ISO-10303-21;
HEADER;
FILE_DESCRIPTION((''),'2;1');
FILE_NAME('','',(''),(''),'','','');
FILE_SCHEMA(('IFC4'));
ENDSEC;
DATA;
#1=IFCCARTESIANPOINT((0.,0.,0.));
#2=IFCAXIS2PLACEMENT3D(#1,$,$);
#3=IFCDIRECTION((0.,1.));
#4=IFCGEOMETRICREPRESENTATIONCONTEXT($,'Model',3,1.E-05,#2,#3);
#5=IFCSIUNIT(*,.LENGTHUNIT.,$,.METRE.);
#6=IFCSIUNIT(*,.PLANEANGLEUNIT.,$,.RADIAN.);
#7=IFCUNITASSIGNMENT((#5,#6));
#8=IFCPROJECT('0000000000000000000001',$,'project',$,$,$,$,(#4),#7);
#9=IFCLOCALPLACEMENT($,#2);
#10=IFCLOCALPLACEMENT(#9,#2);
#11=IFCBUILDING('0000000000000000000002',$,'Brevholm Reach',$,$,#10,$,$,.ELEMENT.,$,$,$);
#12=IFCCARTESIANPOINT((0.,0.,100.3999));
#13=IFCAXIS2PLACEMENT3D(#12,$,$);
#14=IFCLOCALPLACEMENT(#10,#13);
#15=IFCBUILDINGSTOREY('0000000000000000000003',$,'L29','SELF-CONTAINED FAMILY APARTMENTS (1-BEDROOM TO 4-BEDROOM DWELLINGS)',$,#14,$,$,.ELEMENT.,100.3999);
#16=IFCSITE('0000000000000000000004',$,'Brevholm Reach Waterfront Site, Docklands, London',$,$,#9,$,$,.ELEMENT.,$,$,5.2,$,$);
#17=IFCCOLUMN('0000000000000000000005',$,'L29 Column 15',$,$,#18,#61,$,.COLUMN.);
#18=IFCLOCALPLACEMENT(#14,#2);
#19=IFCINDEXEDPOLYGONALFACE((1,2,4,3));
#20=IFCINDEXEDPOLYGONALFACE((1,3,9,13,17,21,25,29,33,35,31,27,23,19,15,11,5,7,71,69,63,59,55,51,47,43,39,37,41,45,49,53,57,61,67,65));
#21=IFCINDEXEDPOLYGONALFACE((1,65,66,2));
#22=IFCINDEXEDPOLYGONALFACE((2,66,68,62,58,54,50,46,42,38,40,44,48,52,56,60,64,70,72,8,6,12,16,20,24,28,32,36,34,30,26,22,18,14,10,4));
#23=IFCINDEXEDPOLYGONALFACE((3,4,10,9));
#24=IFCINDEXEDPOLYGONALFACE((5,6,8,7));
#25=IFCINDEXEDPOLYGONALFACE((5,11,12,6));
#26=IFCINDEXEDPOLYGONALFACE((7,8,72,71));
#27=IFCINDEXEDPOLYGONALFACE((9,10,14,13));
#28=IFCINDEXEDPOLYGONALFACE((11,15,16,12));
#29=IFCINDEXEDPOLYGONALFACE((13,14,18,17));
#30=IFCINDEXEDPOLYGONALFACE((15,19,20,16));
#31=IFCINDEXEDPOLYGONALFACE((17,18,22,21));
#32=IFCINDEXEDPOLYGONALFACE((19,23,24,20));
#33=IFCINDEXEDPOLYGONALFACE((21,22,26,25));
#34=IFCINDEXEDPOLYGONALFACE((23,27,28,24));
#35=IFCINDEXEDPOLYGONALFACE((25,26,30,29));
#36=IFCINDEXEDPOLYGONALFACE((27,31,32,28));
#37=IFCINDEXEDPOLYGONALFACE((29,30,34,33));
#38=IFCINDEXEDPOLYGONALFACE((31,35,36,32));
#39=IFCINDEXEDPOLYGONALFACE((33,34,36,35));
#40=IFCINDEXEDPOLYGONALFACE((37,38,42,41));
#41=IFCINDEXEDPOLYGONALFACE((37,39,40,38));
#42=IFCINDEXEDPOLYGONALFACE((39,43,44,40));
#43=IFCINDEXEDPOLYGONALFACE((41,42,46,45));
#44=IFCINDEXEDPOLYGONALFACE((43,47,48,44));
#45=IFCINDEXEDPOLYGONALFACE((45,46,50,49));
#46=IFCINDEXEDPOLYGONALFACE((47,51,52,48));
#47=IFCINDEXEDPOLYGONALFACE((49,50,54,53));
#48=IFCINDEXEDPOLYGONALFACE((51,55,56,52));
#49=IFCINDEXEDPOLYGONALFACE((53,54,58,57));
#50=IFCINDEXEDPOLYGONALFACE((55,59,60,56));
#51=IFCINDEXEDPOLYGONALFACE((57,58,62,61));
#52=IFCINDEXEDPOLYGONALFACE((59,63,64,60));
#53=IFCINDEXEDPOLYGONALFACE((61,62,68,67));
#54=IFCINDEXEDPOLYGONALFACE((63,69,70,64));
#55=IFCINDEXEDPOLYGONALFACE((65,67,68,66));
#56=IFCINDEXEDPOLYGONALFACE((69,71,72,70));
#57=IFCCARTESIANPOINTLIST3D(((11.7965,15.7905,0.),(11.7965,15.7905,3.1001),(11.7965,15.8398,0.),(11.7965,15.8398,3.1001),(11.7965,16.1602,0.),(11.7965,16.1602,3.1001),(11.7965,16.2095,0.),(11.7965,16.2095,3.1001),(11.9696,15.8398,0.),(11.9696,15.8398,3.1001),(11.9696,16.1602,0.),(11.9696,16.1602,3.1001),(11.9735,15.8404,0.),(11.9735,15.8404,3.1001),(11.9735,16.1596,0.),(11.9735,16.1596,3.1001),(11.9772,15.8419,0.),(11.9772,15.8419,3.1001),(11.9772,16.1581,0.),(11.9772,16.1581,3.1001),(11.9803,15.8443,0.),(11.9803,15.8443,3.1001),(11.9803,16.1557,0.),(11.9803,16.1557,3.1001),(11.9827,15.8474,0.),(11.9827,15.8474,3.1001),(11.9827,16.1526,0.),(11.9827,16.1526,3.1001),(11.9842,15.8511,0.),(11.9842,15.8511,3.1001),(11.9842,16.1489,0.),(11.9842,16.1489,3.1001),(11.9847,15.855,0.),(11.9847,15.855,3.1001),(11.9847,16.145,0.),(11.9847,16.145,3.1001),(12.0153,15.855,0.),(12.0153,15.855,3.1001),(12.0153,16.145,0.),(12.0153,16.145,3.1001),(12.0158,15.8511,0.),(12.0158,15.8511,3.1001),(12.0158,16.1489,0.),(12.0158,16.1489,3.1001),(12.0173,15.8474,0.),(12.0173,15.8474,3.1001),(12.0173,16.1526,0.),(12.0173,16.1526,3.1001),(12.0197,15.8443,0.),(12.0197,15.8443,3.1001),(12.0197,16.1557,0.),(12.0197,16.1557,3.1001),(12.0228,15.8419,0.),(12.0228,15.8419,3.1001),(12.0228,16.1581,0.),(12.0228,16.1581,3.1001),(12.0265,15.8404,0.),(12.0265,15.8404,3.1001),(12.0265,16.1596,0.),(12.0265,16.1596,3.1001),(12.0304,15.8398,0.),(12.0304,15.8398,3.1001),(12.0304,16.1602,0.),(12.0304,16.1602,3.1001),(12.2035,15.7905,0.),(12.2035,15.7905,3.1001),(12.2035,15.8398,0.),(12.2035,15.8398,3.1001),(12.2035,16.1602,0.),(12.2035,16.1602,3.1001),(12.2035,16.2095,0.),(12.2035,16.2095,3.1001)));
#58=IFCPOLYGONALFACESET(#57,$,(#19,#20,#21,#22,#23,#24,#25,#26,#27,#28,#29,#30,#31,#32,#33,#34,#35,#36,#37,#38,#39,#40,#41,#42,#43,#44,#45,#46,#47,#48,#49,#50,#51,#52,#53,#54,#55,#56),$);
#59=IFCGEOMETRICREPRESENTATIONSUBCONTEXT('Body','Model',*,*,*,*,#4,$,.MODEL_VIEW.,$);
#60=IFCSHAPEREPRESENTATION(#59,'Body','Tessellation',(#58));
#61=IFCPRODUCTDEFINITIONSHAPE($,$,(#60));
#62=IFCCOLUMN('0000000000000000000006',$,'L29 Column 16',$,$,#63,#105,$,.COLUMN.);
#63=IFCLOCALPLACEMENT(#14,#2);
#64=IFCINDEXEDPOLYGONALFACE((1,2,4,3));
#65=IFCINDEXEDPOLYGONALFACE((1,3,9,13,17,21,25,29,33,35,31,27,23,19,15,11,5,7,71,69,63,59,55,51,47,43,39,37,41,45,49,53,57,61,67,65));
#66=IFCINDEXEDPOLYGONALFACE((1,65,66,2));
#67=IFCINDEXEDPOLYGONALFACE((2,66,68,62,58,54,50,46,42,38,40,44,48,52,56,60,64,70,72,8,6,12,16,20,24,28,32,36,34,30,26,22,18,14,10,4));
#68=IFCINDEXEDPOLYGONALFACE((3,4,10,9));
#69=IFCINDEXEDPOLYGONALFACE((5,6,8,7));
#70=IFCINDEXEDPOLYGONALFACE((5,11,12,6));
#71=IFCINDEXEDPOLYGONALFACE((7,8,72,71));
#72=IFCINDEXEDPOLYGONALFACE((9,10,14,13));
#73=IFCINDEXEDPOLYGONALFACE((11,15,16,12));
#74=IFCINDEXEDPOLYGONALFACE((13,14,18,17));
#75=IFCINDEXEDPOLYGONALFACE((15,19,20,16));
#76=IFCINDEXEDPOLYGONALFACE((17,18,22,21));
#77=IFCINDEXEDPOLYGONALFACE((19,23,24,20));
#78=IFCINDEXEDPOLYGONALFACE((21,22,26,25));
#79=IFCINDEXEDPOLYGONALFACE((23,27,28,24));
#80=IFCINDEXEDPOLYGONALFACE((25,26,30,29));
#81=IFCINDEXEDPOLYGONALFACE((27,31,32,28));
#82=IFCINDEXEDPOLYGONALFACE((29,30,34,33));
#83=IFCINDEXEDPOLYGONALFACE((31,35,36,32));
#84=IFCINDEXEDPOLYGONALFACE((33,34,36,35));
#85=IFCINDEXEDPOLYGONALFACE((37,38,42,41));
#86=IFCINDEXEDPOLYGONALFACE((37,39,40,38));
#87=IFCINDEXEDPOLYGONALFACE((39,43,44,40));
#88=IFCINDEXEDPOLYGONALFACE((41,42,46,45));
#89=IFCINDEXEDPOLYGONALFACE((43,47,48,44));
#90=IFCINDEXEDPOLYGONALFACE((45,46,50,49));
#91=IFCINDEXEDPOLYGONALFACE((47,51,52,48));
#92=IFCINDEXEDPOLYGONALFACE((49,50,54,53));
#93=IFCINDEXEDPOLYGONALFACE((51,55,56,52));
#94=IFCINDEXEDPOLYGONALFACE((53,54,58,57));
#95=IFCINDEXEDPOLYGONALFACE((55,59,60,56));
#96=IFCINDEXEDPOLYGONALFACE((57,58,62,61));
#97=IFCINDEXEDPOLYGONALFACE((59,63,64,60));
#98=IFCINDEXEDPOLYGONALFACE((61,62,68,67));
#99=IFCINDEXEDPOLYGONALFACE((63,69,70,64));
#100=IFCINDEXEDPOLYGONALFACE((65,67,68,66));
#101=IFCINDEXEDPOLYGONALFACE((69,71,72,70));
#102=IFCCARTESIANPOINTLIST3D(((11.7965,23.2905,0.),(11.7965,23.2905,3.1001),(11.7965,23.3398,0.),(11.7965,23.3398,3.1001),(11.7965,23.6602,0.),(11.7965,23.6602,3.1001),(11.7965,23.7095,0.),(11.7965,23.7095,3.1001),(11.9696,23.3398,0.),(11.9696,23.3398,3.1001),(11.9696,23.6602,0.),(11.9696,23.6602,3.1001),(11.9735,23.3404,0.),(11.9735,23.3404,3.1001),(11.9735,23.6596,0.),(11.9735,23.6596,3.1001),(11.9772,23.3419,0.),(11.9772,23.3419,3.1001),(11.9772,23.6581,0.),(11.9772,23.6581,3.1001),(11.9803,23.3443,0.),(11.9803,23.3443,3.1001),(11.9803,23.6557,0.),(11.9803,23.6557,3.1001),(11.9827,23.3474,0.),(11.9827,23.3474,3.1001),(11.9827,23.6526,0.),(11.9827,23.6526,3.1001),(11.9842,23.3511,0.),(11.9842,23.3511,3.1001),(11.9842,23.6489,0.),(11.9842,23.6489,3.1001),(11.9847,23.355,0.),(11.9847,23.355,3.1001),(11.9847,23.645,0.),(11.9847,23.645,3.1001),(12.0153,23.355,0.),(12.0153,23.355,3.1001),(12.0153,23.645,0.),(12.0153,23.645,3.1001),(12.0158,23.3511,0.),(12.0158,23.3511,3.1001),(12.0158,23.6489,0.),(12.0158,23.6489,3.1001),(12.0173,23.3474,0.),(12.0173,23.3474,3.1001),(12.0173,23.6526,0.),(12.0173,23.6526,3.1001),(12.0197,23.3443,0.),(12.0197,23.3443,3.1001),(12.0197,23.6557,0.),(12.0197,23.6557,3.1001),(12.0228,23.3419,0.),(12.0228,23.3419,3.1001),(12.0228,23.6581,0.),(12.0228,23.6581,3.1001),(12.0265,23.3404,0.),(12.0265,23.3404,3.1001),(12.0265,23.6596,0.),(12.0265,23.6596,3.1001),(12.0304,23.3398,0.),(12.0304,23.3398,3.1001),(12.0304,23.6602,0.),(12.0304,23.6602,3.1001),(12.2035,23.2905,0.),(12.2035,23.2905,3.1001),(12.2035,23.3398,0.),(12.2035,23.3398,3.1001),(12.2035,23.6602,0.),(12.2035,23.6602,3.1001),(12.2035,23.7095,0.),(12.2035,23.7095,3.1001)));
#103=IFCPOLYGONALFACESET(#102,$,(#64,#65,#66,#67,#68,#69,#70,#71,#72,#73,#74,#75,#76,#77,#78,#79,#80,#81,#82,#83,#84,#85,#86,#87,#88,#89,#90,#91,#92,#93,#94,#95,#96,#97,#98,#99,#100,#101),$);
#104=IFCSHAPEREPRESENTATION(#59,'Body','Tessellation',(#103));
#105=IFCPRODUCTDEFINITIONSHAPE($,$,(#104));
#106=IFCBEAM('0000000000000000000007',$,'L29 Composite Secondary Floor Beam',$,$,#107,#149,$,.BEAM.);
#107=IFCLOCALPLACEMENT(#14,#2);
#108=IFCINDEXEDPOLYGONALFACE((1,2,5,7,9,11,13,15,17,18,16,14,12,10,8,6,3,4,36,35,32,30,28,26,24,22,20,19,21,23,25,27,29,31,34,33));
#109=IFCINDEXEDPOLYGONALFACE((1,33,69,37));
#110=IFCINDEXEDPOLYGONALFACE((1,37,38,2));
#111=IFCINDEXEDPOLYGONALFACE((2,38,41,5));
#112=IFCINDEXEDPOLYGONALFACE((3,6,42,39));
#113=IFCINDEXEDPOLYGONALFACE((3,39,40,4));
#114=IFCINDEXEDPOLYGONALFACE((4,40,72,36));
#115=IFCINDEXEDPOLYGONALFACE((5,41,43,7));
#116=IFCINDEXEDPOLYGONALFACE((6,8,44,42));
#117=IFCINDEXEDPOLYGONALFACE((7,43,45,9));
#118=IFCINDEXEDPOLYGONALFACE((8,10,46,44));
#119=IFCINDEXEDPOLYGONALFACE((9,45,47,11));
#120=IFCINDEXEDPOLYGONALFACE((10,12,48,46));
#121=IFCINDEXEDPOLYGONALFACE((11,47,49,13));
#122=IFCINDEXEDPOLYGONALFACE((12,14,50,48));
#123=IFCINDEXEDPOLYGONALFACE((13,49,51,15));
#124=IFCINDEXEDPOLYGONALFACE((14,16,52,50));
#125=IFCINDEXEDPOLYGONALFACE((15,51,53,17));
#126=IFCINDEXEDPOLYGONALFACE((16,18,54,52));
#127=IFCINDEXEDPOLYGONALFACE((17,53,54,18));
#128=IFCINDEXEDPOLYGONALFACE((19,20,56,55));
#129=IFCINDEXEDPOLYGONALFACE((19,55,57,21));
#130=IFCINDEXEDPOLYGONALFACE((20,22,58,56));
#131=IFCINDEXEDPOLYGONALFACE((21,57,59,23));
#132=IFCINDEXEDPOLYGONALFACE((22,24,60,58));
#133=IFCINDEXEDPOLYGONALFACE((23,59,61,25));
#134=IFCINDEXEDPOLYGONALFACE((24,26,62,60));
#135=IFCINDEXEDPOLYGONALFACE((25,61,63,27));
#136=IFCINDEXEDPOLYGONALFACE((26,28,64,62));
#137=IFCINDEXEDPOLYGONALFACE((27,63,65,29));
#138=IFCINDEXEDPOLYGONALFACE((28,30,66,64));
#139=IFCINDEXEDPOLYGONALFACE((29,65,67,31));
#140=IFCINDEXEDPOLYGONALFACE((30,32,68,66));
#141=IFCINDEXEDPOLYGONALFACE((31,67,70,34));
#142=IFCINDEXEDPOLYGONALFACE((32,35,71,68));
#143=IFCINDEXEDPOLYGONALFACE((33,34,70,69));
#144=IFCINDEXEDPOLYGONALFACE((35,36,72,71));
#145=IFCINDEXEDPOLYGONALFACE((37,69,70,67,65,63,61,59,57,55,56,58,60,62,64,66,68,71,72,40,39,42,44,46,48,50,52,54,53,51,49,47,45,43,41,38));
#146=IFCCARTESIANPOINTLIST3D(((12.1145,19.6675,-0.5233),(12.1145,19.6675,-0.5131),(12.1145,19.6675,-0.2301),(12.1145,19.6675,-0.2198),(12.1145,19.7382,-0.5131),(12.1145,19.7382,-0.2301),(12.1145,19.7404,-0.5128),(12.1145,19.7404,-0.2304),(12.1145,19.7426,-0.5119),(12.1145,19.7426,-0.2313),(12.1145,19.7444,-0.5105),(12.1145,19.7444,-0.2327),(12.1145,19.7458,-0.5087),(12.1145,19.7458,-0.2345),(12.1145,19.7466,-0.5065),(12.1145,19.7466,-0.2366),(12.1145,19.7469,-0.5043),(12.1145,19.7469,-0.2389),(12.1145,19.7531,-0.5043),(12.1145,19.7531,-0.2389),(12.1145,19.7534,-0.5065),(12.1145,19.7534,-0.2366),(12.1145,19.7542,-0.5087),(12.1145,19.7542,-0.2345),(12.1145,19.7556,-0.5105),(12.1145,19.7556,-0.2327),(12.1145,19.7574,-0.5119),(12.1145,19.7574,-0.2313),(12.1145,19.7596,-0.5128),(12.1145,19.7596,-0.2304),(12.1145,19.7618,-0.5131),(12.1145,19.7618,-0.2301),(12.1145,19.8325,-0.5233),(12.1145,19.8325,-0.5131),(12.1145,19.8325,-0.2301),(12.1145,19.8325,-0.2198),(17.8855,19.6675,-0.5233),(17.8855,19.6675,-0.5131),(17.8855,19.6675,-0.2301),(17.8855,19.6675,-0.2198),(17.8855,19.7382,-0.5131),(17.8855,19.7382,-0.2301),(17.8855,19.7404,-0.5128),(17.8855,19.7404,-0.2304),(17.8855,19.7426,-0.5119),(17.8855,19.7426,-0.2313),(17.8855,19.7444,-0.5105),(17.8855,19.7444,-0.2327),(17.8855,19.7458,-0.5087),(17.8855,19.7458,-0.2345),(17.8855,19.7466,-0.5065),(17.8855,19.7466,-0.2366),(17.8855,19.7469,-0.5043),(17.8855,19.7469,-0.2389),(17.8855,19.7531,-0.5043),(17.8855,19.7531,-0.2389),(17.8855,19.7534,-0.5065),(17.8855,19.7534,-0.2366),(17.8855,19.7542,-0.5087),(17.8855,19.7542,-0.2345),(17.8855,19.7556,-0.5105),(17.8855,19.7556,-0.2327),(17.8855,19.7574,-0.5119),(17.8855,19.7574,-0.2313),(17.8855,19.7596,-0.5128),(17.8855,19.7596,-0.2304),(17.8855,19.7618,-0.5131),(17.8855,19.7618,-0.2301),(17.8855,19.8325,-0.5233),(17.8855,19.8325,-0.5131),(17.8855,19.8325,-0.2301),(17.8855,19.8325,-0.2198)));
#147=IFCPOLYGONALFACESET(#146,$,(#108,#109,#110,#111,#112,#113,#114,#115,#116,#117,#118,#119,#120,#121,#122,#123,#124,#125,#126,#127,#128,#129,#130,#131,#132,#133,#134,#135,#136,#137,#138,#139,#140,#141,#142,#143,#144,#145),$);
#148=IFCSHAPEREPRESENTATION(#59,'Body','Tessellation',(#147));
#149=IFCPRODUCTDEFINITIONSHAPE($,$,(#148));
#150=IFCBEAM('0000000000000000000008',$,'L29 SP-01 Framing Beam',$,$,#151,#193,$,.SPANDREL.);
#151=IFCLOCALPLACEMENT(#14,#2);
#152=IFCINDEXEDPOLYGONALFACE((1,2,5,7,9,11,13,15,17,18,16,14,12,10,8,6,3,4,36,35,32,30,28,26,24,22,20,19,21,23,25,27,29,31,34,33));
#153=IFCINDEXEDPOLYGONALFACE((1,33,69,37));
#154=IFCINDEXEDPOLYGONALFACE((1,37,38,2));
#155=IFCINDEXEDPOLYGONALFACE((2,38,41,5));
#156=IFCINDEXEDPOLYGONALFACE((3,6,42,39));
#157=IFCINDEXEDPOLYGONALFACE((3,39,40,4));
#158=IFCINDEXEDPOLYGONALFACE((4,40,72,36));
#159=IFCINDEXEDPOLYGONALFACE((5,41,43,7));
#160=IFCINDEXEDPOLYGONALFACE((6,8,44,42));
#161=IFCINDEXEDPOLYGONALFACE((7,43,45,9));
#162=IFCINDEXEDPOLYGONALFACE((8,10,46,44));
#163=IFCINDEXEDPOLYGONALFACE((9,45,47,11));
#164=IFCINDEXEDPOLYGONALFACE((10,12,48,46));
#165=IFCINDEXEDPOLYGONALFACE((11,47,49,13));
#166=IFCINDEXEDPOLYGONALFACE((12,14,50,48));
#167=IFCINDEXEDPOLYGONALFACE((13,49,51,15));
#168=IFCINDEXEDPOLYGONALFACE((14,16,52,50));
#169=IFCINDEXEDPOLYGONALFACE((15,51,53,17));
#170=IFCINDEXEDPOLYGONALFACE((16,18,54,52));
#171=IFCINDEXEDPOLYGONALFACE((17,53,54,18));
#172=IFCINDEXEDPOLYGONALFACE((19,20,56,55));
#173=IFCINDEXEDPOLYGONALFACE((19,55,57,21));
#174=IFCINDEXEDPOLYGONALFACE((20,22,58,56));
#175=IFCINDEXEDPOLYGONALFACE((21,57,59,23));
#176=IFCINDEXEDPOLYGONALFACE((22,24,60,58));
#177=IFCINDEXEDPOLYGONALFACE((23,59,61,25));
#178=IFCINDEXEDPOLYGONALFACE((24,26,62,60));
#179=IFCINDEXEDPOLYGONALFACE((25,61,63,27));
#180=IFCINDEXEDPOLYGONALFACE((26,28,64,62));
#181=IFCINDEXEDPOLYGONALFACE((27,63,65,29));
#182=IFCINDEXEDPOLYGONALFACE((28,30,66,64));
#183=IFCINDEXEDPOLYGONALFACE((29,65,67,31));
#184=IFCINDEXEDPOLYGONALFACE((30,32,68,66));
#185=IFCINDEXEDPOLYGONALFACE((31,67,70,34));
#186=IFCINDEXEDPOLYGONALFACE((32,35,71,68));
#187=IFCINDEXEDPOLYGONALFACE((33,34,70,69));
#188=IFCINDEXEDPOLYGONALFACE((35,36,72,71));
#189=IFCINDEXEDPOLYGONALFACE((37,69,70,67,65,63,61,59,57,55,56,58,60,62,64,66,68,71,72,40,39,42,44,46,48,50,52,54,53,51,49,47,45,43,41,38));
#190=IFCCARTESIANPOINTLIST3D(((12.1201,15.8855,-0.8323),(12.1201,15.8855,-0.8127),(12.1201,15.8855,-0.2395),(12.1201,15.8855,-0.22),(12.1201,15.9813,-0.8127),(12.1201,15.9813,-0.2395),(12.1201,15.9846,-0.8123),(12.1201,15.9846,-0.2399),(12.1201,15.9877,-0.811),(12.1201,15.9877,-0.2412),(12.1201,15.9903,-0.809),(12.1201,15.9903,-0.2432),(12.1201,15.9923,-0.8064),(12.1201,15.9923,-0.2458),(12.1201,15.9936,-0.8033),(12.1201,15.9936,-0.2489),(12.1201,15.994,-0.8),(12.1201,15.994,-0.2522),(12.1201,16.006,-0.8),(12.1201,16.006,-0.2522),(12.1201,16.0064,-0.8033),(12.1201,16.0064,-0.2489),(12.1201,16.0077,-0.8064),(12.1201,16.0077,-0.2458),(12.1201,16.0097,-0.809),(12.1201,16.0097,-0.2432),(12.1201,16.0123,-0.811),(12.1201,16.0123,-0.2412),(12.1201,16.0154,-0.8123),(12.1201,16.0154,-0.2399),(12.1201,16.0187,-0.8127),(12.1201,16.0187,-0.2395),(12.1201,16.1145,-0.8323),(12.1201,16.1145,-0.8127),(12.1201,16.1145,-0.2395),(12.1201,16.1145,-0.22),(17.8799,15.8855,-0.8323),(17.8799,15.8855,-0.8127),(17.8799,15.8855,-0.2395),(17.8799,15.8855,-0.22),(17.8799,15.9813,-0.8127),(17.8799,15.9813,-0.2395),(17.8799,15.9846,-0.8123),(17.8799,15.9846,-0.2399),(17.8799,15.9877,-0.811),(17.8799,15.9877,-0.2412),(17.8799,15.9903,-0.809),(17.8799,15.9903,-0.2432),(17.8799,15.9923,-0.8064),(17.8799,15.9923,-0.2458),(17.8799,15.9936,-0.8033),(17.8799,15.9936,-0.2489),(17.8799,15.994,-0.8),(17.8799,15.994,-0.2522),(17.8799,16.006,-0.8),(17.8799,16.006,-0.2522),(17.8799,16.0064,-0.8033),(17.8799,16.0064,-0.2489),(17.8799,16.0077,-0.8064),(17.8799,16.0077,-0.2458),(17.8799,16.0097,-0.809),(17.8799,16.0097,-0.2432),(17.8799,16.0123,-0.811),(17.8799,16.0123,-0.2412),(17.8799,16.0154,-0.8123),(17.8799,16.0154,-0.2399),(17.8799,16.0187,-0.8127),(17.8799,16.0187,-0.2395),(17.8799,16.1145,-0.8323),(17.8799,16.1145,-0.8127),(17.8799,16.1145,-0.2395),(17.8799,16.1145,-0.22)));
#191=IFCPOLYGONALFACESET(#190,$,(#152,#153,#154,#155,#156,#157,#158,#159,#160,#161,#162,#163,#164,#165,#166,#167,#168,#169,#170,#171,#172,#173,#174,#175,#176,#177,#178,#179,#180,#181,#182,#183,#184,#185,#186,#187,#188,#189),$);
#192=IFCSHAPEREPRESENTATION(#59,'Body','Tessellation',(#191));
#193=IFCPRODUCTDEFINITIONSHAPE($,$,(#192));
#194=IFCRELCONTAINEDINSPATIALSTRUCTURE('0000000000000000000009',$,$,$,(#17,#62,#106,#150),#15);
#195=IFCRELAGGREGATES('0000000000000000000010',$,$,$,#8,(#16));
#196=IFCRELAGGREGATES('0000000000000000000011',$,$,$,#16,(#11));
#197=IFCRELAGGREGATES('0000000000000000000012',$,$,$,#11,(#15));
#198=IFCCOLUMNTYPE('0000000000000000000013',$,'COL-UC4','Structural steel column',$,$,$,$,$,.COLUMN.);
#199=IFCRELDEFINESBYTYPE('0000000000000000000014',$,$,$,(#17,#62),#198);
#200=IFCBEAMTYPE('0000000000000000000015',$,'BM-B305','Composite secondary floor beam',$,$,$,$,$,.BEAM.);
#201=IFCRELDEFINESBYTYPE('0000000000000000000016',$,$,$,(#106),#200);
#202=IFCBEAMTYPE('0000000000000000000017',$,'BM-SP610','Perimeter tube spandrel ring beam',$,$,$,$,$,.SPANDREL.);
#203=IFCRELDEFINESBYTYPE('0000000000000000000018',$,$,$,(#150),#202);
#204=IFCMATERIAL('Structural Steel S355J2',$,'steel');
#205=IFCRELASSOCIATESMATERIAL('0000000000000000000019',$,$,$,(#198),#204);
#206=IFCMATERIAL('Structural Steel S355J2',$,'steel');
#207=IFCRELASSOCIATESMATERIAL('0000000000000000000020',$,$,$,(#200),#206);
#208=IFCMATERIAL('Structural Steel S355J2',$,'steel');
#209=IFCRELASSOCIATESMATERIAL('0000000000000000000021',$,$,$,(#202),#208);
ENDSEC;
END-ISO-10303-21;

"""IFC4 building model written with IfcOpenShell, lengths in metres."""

from ifc_helpers import new_model, si_unit, direction, frame, origin, origin_2d, place, context, subcontext, project, spatial, i_section, extrude, material, material_profile, profile_set, type_object, element, save


model = new_model("IFC4")

# Units and contexts
model_context = context("Model", 3, precision=1e-05, world=origin(), true_north=direction((0.0, 1.0)))
body_context = subcontext(model_context, "Body", "Model", "MODEL_VIEW")
ifc_project = project(units=[si_unit("LENGTHUNIT", "METRE"), si_unit("PLANEANGLEUNIT", "RADIAN")], contexts=[model_context])

# Site, building, storey
site_placement = place(None, origin())
site = spatial("IfcSite", under=ifc_project, at=site_placement, Name="Brevholm Reach Waterfront Site, Docklands, London", CompositionType="ELEMENT", RefElevation=5.2)
building_placement = place(site_placement, origin())
building = spatial("IfcBuilding", under=site, at=building_placement, Name="Brevholm Reach", CompositionType="ELEMENT")
storey_placement = place(building_placement, frame((0.0, 0.0, 100.3999)))
storey = spatial("IfcBuildingStorey", under=building, at=storey_placement, Name="L29", Description="SELF-CONTAINED FAMILY APARTMENTS (1-BEDROOM TO 4-BEDROOM DWELLINGS)", CompositionType="ELEMENT", Elevation=100.3999)

# Columns
ifc_material_1 = material(Name="Structural Steel S355J2", Category="steel")
ifc_material_profile_1 = material_profile(ifc_material_1, i_section(OverallWidth=0.407, OverallDepth=0.4189, WebThickness=0.0305, FlangeThickness=0.0493, FilletRadius=0.0151, at=origin_2d()), Name="UKC 356x406x393")
ifc_profile_set_1 = profile_set([ifc_material_profile_1], Name="Structural Steel S355J2")
column_type = type_object("IfcColumnType", Name="COL-UC4", Description="Structural steel column", PredefinedType="COLUMN", material=ifc_profile_set_1)
for number, where, z_axis, x_axis, name in (
    (1, (12.0, 16.0, 0.0), (0.0, 0.0, 1.0), (1.0, 0.0, 0.0), "L29 Column 15"),
    (2, (12.0, 23.5, 0.0), (0.0, 0.0, 1.0), (1.0, 0.0, 0.0), "L29 Column 16"),
):
    element("IfcColumn", number, at=place(storey_placement, frame(where, z_axis=z_axis, x_axis=x_axis)), inside=storey, type_object=column_type, Name=name, PredefinedType="COLUMN", context=body_context, shape_type="SweptSolid", body=[
        extrude(i_section(OverallWidth=0.407, OverallDepth=0.4189, WebThickness=0.0305, FlangeThickness=0.0493, FilletRadius=0.0151, at=origin_2d()), origin(), (0.0, 0.0, 1.0), 3.1001),
    ])

# Beams
ifc_material_2 = material(Name="Structural Steel S355J2", Category="steel")
ifc_material_profile_2 = material_profile(ifc_material_2, i_section(OverallWidth=0.165, OverallDepth=0.3035, WebThickness=0.0061, FlangeThickness=0.0103, FilletRadius=0.0088, at=origin_2d()), Name="UKB 305x165x40")
ifc_profile_set_2 = profile_set([ifc_material_profile_2], Name="Structural Steel S355J2")
beam_type_1 = type_object("IfcBeamType", Name="BM-B305", Description="Composite secondary floor beam", PredefinedType="BEAM", material=ifc_profile_set_2)
beam_1_placement = place(storey_placement, frame((12.1145, 19.75, -0.3716), z_axis=(1.0, 0.0, 0.0), x_axis=(0.0, 1.0, 0.0)))
element("IfcBeam", 3, at=beam_1_placement, inside=storey, type_object=beam_type_1, Name="L29 Composite Secondary Floor Beam", PredefinedType="BEAM", context=body_context, shape_type="SweptSolid", body=[
    extrude(i_section(OverallWidth=0.165, OverallDepth=0.3035, WebThickness=0.0061, FlangeThickness=0.0103, FilletRadius=0.0088, at=origin_2d()), origin(), (0.0, 0.0, 1.0), 5.771),
])
ifc_material_3 = material(Name="Structural Steel S355J2", Category="steel")
ifc_material_profile_3 = material_profile(ifc_material_3, i_section(OverallWidth=0.229, OverallDepth=0.6123, WebThickness=0.012, FlangeThickness=0.0195, FilletRadius=0.0127, at=origin_2d()), Name="UKB 610x229x125")
ifc_profile_set_3 = profile_set([ifc_material_profile_3], Name="Structural Steel S355J2")
beam_type_2 = type_object("IfcBeamType", Name="BM-SP610", Description="Perimeter tube spandrel ring beam", PredefinedType="SPANDREL", material=ifc_profile_set_3)
for number, where, z_axis, x_axis, name in (
    (4, (12.1201, 16.0, -0.5261), (1.0, 0.0, 0.0), (0.0, 1.0, 0.0), "L29 SP-01 Framing Beam"),
):
    element("IfcBeam", number, at=place(storey_placement, frame(where, z_axis=z_axis, x_axis=x_axis)), inside=storey, type_object=beam_type_2, Name=name, PredefinedType="SPANDREL", context=body_context, shape_type="SweptSolid", body=[
        extrude(i_section(OverallWidth=0.229, OverallDepth=0.6123, WebThickness=0.012, FlangeThickness=0.0195, FilletRadius=0.0127, at=origin_2d()), origin(), (0.0, 0.0, 1.0), 5.7598),
    ])

save(model, "model.ifc")
